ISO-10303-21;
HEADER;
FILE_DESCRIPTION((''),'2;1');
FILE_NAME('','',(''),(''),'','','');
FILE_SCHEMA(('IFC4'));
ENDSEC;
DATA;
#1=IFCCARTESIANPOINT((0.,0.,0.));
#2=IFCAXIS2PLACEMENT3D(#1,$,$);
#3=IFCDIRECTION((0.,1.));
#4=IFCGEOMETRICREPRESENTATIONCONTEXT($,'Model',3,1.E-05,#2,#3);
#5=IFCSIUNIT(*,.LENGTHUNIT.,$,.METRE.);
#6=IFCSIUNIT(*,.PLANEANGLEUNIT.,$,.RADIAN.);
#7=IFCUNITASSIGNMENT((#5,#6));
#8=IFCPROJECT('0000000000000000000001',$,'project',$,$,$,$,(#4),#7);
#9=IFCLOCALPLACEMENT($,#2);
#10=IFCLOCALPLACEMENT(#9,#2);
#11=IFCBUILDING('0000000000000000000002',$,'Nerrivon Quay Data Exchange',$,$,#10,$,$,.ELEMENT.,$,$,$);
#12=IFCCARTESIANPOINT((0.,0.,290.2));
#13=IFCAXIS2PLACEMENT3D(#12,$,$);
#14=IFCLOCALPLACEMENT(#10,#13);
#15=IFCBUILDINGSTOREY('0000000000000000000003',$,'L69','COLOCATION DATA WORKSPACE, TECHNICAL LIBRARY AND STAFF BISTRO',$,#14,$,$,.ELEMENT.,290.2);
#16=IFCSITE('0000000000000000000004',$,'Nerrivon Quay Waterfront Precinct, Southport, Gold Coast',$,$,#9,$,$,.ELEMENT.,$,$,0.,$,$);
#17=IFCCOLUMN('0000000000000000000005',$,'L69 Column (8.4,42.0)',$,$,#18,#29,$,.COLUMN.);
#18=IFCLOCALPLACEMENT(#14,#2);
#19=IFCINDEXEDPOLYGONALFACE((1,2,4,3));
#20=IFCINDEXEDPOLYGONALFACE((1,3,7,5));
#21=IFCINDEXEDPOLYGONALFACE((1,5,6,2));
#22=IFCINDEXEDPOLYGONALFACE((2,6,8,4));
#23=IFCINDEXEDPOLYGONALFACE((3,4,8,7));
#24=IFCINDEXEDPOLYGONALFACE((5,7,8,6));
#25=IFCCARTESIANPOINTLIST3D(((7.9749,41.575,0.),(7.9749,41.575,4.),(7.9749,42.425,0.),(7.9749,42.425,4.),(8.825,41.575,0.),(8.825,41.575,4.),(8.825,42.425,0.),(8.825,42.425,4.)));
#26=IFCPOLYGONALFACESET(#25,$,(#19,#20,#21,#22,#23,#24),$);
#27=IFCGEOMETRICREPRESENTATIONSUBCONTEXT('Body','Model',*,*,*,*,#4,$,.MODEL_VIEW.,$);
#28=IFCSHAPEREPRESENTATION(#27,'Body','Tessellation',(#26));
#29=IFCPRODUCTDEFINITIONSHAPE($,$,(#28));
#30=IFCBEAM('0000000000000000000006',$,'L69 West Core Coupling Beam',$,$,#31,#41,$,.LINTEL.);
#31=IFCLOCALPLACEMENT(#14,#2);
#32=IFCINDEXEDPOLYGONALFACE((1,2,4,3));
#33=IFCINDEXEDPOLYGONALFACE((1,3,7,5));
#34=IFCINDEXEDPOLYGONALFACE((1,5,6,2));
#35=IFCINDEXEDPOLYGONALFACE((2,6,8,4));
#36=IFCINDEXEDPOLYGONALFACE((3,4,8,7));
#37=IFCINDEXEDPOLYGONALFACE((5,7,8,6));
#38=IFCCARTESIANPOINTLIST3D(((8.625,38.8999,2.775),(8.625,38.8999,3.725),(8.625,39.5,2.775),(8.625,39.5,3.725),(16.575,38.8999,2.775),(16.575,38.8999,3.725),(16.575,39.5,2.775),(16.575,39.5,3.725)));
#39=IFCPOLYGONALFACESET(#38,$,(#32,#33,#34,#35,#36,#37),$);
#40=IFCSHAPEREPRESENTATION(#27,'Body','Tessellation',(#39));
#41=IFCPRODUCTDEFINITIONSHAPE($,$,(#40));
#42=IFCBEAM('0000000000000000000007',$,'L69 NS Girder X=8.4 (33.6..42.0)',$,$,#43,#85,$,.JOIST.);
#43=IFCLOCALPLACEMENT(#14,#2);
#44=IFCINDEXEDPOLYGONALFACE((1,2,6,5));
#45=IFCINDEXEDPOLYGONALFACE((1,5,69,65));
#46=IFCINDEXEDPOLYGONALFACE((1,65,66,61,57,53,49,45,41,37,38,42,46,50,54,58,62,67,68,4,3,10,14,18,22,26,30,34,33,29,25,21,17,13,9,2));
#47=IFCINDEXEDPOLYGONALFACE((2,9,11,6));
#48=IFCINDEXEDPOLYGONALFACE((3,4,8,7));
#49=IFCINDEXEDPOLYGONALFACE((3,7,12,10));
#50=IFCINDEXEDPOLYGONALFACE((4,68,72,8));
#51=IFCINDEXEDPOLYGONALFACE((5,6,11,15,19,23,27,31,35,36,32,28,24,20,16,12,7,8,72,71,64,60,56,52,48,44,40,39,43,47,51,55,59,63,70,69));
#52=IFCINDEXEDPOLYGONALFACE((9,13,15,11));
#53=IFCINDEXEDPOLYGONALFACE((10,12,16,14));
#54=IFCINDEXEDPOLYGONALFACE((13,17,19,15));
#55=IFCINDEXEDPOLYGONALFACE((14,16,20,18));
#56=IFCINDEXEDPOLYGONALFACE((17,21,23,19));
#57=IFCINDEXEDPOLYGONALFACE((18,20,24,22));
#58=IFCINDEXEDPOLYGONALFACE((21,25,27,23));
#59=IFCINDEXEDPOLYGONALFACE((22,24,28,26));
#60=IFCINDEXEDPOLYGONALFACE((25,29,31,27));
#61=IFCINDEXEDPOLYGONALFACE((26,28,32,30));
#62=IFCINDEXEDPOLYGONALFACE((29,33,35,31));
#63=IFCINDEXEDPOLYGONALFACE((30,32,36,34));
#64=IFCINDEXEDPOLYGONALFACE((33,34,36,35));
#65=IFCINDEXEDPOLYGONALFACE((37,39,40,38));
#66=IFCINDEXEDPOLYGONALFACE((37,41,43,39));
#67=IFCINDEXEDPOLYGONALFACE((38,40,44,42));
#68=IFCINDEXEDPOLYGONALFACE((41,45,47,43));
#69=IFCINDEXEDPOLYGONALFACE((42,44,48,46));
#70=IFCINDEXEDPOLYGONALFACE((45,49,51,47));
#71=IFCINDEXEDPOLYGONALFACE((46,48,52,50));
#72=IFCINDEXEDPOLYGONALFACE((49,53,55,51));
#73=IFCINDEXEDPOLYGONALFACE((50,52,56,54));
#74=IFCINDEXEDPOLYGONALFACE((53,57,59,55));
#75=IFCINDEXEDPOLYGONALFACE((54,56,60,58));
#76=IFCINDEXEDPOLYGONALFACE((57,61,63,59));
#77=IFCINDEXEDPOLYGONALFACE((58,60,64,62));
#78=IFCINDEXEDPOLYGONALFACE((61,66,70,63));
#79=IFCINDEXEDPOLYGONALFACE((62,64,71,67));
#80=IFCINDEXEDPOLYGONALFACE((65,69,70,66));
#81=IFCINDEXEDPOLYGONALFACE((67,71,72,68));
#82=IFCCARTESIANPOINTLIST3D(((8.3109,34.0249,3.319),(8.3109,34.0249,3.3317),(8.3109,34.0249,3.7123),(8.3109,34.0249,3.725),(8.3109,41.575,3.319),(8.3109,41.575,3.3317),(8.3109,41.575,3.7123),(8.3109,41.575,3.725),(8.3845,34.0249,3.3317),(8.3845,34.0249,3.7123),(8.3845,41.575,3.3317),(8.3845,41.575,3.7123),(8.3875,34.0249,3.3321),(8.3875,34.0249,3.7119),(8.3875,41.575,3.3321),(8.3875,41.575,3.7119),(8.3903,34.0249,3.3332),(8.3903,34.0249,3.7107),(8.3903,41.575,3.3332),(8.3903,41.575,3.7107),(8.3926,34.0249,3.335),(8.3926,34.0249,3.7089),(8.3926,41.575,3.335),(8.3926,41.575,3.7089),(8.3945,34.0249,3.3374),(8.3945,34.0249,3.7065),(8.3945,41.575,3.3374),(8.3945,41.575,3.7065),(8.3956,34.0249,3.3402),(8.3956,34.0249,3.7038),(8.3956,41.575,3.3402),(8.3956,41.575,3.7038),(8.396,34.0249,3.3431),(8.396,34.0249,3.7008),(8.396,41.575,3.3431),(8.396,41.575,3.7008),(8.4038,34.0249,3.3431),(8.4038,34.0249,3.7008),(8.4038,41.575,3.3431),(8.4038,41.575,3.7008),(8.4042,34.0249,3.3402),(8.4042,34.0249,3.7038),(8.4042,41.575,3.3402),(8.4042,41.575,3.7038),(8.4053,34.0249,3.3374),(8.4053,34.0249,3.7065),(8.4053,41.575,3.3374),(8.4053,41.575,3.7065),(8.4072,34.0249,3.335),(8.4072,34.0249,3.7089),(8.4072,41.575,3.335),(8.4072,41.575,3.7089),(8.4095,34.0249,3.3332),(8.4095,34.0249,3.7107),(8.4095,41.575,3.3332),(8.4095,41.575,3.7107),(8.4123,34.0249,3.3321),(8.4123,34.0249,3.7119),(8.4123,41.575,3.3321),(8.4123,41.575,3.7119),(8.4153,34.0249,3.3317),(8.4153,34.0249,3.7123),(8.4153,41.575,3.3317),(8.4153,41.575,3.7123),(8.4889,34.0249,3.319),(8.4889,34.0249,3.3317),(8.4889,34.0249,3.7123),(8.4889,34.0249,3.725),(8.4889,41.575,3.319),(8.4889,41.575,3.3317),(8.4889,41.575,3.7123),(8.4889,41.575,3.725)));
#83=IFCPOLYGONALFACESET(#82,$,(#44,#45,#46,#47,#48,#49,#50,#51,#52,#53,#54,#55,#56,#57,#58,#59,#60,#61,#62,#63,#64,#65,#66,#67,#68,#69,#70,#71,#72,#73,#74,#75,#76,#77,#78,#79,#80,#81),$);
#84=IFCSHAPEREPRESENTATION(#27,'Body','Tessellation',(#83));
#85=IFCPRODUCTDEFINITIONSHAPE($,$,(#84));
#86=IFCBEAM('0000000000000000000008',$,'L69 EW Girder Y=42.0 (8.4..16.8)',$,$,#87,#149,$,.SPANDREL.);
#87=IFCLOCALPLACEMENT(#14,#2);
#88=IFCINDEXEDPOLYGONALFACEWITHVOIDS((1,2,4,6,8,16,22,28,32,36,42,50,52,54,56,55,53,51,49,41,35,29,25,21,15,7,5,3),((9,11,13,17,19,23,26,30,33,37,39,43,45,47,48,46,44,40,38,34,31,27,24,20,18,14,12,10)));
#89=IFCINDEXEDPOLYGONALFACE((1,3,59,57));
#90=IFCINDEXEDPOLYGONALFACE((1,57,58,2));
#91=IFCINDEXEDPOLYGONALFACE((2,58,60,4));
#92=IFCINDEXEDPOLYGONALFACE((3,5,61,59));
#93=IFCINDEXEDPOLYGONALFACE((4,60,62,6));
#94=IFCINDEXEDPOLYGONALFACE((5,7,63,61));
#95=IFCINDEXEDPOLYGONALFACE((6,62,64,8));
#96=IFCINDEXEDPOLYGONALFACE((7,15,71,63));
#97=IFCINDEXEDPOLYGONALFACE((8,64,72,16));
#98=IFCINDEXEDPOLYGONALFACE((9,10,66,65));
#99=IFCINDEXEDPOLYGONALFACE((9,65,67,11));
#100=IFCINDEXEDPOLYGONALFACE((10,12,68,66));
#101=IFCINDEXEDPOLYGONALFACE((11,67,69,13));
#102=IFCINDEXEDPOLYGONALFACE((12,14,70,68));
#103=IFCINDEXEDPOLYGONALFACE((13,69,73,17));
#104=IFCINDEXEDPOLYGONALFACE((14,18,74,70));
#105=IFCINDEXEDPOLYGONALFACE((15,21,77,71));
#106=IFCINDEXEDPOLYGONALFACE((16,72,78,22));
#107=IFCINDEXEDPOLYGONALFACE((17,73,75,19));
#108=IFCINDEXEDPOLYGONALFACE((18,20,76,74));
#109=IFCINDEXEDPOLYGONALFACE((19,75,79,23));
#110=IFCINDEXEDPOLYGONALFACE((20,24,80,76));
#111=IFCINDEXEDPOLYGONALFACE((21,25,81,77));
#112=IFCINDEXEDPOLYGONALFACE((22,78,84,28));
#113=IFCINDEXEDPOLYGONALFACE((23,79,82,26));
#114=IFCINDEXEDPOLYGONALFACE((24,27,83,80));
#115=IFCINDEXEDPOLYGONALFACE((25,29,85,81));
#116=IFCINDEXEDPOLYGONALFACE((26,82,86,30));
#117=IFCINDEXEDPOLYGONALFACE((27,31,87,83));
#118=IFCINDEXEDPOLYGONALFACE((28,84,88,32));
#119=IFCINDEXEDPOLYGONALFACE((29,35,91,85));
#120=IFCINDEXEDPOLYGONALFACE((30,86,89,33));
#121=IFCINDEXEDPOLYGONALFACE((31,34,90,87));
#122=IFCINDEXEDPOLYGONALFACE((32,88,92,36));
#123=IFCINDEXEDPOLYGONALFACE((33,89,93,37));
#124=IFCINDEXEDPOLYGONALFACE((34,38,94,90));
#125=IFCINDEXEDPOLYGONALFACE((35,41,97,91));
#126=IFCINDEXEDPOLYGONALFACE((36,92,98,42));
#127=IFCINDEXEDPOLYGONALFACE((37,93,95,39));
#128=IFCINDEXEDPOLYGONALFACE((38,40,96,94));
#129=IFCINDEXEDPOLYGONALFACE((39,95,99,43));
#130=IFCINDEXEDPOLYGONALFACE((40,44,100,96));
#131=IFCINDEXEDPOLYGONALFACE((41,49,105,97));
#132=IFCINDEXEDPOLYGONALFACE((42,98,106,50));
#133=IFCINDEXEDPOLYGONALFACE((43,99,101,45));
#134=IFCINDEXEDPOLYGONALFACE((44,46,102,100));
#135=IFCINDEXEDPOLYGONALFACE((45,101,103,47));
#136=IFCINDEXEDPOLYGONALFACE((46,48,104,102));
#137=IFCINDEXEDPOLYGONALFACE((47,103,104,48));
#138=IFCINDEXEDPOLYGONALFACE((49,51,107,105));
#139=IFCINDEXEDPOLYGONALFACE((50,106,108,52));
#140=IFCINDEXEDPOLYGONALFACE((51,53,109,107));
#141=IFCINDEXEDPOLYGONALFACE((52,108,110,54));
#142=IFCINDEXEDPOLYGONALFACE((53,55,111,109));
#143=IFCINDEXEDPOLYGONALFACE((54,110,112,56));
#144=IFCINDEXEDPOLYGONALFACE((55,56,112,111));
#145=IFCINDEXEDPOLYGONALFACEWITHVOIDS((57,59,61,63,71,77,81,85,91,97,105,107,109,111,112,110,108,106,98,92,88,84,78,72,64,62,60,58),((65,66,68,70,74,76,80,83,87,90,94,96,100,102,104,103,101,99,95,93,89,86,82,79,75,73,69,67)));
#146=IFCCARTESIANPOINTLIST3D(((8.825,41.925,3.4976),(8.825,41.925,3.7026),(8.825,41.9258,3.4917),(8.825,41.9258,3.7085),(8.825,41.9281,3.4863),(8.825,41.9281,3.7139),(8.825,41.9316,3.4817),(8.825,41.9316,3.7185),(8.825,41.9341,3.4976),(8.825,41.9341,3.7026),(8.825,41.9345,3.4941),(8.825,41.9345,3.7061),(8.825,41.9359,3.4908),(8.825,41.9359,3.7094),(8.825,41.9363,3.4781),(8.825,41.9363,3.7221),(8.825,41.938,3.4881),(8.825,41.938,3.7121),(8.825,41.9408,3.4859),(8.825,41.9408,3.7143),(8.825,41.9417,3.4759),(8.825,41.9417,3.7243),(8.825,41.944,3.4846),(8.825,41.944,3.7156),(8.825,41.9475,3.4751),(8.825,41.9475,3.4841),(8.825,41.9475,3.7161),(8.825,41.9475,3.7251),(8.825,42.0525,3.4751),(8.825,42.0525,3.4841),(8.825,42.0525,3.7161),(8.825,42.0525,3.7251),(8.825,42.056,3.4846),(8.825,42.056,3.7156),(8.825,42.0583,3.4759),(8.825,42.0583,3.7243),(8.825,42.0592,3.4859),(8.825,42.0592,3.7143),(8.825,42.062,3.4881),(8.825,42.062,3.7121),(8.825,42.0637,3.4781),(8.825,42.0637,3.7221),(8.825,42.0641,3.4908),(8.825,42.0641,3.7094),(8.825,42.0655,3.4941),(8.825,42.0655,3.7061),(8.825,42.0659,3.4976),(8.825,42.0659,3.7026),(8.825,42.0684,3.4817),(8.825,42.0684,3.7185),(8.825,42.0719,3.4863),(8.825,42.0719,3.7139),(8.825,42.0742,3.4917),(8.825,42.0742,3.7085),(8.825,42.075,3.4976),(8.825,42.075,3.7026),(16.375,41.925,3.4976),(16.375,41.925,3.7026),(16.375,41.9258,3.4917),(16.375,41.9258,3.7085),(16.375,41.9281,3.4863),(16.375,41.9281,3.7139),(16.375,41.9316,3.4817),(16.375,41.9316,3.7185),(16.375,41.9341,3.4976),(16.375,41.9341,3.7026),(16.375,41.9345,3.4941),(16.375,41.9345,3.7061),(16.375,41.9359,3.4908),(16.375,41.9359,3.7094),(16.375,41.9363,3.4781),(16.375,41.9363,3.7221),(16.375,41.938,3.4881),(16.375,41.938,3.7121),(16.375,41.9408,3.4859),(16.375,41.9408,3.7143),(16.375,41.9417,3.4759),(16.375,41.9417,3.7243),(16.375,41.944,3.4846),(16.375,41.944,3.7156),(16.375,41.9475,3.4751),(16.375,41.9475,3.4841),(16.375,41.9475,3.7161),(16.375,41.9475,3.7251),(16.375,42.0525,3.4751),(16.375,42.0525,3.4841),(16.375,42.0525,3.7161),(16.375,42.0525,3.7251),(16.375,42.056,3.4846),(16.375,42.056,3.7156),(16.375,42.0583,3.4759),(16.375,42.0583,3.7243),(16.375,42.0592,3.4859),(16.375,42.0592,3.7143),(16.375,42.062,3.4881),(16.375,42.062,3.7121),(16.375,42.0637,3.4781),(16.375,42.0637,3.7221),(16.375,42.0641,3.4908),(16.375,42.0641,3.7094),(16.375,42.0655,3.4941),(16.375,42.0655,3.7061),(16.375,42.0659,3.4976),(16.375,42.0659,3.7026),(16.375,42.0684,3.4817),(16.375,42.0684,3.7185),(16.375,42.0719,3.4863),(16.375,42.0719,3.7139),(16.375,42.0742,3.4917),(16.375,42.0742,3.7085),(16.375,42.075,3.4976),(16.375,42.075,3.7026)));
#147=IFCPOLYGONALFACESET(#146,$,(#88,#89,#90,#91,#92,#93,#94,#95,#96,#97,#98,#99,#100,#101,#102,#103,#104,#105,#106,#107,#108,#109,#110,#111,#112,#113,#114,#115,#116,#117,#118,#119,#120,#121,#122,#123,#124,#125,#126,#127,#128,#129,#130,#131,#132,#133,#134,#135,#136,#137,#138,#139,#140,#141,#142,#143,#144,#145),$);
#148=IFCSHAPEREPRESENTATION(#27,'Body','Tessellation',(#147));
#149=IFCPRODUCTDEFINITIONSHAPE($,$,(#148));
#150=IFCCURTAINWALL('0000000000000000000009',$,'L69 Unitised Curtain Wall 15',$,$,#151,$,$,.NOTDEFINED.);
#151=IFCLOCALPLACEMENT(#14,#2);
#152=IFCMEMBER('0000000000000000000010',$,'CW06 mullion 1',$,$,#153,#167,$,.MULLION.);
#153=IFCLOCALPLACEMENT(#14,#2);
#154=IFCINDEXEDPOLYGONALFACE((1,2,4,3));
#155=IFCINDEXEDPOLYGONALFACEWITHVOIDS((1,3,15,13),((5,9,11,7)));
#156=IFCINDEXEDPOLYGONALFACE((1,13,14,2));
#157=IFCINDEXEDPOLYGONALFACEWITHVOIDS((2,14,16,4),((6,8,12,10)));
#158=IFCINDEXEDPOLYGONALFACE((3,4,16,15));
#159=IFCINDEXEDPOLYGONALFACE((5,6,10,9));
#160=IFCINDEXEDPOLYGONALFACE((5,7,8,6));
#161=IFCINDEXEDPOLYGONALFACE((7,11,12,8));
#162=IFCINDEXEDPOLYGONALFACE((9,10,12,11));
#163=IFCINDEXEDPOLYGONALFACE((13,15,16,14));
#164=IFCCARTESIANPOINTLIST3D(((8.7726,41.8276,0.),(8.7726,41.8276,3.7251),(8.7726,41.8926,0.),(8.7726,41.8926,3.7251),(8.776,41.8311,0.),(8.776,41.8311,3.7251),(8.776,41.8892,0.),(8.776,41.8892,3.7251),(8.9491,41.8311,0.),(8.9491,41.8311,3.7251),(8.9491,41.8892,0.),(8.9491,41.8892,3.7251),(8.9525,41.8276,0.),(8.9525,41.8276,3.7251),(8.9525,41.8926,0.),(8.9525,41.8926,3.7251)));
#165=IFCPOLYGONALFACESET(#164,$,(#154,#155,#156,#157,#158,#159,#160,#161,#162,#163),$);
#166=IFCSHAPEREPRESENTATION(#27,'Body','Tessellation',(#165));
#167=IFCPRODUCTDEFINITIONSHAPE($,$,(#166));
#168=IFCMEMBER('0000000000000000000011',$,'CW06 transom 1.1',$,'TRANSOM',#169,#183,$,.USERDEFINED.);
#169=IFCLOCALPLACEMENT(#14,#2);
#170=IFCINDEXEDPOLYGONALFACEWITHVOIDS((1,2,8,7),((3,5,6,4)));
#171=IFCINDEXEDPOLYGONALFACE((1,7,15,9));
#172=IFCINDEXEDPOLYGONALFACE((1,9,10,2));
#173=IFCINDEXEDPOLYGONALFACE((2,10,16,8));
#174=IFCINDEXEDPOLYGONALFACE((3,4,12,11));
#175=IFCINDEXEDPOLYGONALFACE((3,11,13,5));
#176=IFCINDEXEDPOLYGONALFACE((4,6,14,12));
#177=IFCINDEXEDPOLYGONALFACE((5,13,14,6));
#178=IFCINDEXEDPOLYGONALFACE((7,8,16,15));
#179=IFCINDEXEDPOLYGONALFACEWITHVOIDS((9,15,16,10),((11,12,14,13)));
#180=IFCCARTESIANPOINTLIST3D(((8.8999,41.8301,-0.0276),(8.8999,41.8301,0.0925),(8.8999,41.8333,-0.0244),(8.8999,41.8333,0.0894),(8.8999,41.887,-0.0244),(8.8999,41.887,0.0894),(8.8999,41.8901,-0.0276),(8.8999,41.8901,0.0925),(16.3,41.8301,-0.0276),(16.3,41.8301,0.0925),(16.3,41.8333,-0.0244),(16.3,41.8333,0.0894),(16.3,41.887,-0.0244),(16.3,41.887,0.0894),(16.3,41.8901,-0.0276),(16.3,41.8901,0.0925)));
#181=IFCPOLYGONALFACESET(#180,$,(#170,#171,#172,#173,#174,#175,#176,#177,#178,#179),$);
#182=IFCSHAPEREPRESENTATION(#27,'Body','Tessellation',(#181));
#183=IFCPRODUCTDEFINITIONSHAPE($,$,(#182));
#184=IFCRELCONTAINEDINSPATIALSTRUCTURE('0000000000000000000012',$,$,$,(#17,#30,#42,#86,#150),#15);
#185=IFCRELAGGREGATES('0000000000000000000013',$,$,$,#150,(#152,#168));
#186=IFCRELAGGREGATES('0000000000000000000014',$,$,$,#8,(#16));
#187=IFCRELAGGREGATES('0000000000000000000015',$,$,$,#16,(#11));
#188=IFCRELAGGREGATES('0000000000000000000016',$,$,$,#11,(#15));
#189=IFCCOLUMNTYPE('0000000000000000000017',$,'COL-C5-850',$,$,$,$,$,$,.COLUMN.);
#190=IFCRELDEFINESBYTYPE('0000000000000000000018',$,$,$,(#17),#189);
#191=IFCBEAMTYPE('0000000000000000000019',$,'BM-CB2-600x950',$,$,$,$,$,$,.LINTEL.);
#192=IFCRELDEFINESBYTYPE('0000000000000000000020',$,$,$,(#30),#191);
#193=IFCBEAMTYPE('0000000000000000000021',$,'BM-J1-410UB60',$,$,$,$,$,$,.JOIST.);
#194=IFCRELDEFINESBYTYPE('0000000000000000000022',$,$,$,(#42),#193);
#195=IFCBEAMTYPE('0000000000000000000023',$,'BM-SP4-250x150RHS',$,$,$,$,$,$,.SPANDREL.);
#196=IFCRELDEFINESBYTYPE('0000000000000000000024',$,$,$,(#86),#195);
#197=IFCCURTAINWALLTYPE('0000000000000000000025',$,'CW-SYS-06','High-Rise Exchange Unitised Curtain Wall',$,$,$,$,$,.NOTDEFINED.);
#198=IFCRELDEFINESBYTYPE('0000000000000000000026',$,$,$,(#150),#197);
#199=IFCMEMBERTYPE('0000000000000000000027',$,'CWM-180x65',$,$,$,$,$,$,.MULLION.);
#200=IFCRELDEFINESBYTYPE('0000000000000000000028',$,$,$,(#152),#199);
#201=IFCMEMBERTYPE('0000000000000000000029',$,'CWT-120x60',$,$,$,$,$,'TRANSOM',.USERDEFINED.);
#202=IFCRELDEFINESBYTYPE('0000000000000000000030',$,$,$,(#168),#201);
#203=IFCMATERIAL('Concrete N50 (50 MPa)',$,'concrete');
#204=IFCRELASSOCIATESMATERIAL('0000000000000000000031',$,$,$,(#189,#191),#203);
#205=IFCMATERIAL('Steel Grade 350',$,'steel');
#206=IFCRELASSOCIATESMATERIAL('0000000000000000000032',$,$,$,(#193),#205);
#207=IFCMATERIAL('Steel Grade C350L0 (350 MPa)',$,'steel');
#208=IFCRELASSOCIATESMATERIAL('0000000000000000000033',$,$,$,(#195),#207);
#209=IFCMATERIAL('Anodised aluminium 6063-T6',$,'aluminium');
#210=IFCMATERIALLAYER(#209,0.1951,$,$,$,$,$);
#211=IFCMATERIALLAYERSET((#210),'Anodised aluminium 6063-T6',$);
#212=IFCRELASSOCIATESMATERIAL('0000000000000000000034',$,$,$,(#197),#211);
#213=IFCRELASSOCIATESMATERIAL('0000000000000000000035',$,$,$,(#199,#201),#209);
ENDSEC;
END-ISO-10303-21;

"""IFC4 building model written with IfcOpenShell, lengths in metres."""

from ifc_helpers import new_model, si_unit, direction, frame, origin, origin_2d, place, context, subcontext, project, spatial, rectangle, hollow_rectangle, i_section, extrude, material, layer, layer_set, material_profile, profile_set, type_object, element, aggregate, save


model = new_model("IFC4")

# Units and contexts
model_context = context("Model", 3, precision=1e-05, world=origin(), true_north=direction((0.0, 1.0)))
body_context = subcontext(model_context, "Body", "Model", "MODEL_VIEW")
ifc_project = project(units=[si_unit("LENGTHUNIT", "METRE"), si_unit("PLANEANGLEUNIT", "RADIAN")], contexts=[model_context])

# Site, building, storey
site_placement = place(None, origin())
site = spatial("IfcSite", under=ifc_project, at=site_placement, Name="Nerrivon Quay Waterfront Precinct, Southport, Gold Coast", CompositionType="ELEMENT", RefElevation=0.0)
building_placement = place(site_placement, origin())
building = spatial("IfcBuilding", under=site, at=building_placement, Name="Nerrivon Quay Data Exchange", CompositionType="ELEMENT")
storey_placement = place(building_placement, frame((0.0, 0.0, 290.2)))
storey = spatial("IfcBuildingStorey", under=building, at=storey_placement, Name="L69", Description="COLOCATION DATA WORKSPACE, TECHNICAL LIBRARY AND STAFF BISTRO", CompositionType="ELEMENT", Elevation=290.2)

# Column
ifc_material_1 = material(Name="Concrete N50 (50 MPa)", Category="concrete")
ifc_material_profile_1 = material_profile(ifc_material_1, rectangle(XDim=0.8501, YDim=0.8501, at=origin_2d()), Name="RC-COL-850x850")
ifc_profile_set_1 = profile_set([ifc_material_profile_1], Name="Concrete N50 (50 MPa)")
column_type = type_object("IfcColumnType", Name="COL-C5-850", PredefinedType="COLUMN", material=ifc_profile_set_1)
column_placement = place(storey_placement, frame((8.3999, 42.0, 0.0), z_axis=(0.0, 0.0, 1.0), x_axis=(1.0, 0.0, 0.0)))
element("IfcColumn", 1, at=column_placement, inside=storey, type_object=column_type, Name="L69 Column (8.4,42.0)", PredefinedType="COLUMN", context=body_context, shape_type="SweptSolid", body=[
    extrude(rectangle(XDim=0.8501, YDim=0.8501, at=origin_2d()), origin(), (0.0, 0.0, 1.0), 4.0),
])

# Beams
ifc_material_profile_2 = material_profile(ifc_material_1, rectangle(XDim=0.6001, YDim=0.95, at=origin_2d()), Name="RC-CB-600x950")
ifc_profile_set_2 = profile_set([ifc_material_profile_2], Name="Concrete N50 (50 MPa)")
beam_type_1 = type_object("IfcBeamType", Name="BM-CB2-600x950", PredefinedType="LINTEL", material=ifc_profile_set_2)
beam_1_placement = place(storey_placement, frame((8.625, 39.2, 3.25), z_axis=(1.0, 0.0, 0.0), x_axis=(0.0, 1.0, 0.0)))
element("IfcBeam", 2, at=beam_1_placement, inside=storey, type_object=beam_type_1, Name="L69 West Core Coupling Beam", PredefinedType="LINTEL", context=body_context, shape_type="SweptSolid", body=[
    extrude(rectangle(XDim=0.6001, YDim=0.95, at=origin_2d()), origin(), (0.0, 0.0, 1.0), 7.95),
])
ifc_material_2 = material(Name="Steel Grade 350", Category="steel")
ifc_material_profile_3 = material_profile(ifc_material_2, i_section(OverallWidth=0.178, OverallDepth=0.406, WebThickness=0.0078, FlangeThickness=0.0127, FilletRadius=0.0115, at=origin_2d()), Name="410UB59.7")
ifc_profile_set_3 = profile_set([ifc_material_profile_3], Name="Steel Grade 350")
beam_type_2 = type_object("IfcBeamType", Name="BM-J1-410UB60", PredefinedType="JOIST", material=ifc_profile_set_3)
beam_2_placement = place(storey_placement, frame((8.3999, 34.0249, 3.522), z_axis=(0.0, 1.0, 0.0), x_axis=(-1.0, 0.0, 0.0)))
element("IfcBeam", 3, at=beam_2_placement, inside=storey, type_object=beam_type_2, Name="L69 NS Girder X=8.4 (33.6..42.0)", PredefinedType="JOIST", context=body_context, shape_type="SweptSolid", body=[
    extrude(i_section(OverallWidth=0.178, OverallDepth=0.406, WebThickness=0.0078, FlangeThickness=0.0127, FilletRadius=0.0115, at=origin_2d()), origin(), (0.0, 0.0, 1.0), 7.55),
])
ifc_material_3 = material(Name="Steel Grade C350L0 (350 MPa)", Category="steel")
ifc_material_profile_4 = material_profile(ifc_material_3, hollow_rectangle(XDim=0.1499, YDim=0.25, WallThickness=0.009, InnerFilletRadius=0.0134, OuterFilletRadius=0.0225, at=origin_2d()), Name="250x150x9.0RHS")
ifc_profile_set_4 = profile_set([ifc_material_profile_4], Name="Steel Grade C350L0 (350 MPa)")
beam_type_3 = type_object("IfcBeamType", Name="BM-SP4-250x150RHS", PredefinedType="SPANDREL", material=ifc_profile_set_4)
beam_3_placement = place(storey_placement, frame((8.825, 42.0, 3.6001), z_axis=(1.0, 0.0, 0.0), x_axis=(0.0, 1.0, 0.0)))
element("IfcBeam", 4, at=beam_3_placement, inside=storey, type_object=beam_type_3, Name="L69 EW Girder Y=42.0 (8.4..16.8)", PredefinedType="SPANDREL", context=body_context, shape_type="SweptSolid", body=[
    extrude(hollow_rectangle(XDim=0.1499, YDim=0.25, WallThickness=0.009, InnerFilletRadius=0.0134, OuterFilletRadius=0.0225, at=origin_2d()), origin(), (0.0, 0.0, 1.0), 7.55),
])

# Curtain wall, members
ifc_material_4 = material(Name="Anodised aluminium 6063-T6", Category="aluminium")
ifc_layer_1 = layer(ifc_material_4, 0.1951)
ifc_layer_set_1 = layer_set([ifc_layer_1], Name="Anodised aluminium 6063-T6")
curtain_wall_type = type_object("IfcCurtainWallType", Name="CW-SYS-06", Description="High-Rise Exchange Unitised Curtain Wall", PredefinedType="NOTDEFINED", material=ifc_layer_set_1)
curtain_wall_placement = place(storey_placement, origin())
curtain_wall = element("IfcCurtainWall", 5, at=curtain_wall_placement, inside=storey, type_object=curtain_wall_type, Name="L69 Unitised Curtain Wall 15", PredefinedType="NOTDEFINED")
ifc_material_profile_5 = material_profile(ifc_material_4, hollow_rectangle(XDim=0.0649, YDim=0.1799, WallThickness=0.0034, at=origin_2d()), Name="ALU-MULL-180x65")
ifc_profile_set_5 = profile_set([ifc_material_profile_5], Name="Anodised aluminium 6063-T6")
member_type_1 = type_object("IfcMemberType", Name="CWM-180x65", PredefinedType="MULLION", material=ifc_profile_set_5)
member_1_placement = place(storey_placement, frame((8.8625, 41.8601, 0.0), z_axis=(0.0, 0.0, 1.0), x_axis=(0.0, 1.0, 0.0)))
member_1 = element("IfcMember", 6, at=member_1_placement, type_object=member_type_1, Name="CW06 mullion 1", PredefinedType="MULLION", context=body_context, shape_type="SweptSolid", body=[
    extrude(hollow_rectangle(XDim=0.0649, YDim=0.1799, WallThickness=0.0034, at=origin_2d()), origin(), (0.0, 0.0, 1.0), 3.7251),
])
ifc_material_profile_6 = material_profile(ifc_material_4, hollow_rectangle(XDim=0.0601, YDim=0.1201, WallThickness=0.0032, at=origin_2d()), Name="ALU-TRAN-120x60")
ifc_profile_set_6 = profile_set([ifc_material_profile_6], Name="Anodised aluminium 6063-T6")
member_type_2 = type_object("IfcMemberType", Name="CWT-120x60", ElementType="TRANSOM", PredefinedType="USERDEFINED", material=ifc_profile_set_6)
member_2_placement = place(storey_placement, frame((8.8999, 41.8601, 0.0325), z_axis=(1.0, 0.0, 0.0), x_axis=(0.0, 1.0, 0.0)))
member_2 = element("IfcMember", 7, at=member_2_placement, type_object=member_type_2, Name="CW06 transom 1.1", ObjectType="TRANSOM", PredefinedType="USERDEFINED", context=body_context, shape_type="SweptSolid", body=[
    extrude(hollow_rectangle(XDim=0.0601, YDim=0.1201, WallThickness=0.0032, at=origin_2d()), origin(), (0.0, 0.0, 1.0), 7.4001),
])
aggregate(curtain_wall, [member_1, member_2])

save(model, "model.ifc")
